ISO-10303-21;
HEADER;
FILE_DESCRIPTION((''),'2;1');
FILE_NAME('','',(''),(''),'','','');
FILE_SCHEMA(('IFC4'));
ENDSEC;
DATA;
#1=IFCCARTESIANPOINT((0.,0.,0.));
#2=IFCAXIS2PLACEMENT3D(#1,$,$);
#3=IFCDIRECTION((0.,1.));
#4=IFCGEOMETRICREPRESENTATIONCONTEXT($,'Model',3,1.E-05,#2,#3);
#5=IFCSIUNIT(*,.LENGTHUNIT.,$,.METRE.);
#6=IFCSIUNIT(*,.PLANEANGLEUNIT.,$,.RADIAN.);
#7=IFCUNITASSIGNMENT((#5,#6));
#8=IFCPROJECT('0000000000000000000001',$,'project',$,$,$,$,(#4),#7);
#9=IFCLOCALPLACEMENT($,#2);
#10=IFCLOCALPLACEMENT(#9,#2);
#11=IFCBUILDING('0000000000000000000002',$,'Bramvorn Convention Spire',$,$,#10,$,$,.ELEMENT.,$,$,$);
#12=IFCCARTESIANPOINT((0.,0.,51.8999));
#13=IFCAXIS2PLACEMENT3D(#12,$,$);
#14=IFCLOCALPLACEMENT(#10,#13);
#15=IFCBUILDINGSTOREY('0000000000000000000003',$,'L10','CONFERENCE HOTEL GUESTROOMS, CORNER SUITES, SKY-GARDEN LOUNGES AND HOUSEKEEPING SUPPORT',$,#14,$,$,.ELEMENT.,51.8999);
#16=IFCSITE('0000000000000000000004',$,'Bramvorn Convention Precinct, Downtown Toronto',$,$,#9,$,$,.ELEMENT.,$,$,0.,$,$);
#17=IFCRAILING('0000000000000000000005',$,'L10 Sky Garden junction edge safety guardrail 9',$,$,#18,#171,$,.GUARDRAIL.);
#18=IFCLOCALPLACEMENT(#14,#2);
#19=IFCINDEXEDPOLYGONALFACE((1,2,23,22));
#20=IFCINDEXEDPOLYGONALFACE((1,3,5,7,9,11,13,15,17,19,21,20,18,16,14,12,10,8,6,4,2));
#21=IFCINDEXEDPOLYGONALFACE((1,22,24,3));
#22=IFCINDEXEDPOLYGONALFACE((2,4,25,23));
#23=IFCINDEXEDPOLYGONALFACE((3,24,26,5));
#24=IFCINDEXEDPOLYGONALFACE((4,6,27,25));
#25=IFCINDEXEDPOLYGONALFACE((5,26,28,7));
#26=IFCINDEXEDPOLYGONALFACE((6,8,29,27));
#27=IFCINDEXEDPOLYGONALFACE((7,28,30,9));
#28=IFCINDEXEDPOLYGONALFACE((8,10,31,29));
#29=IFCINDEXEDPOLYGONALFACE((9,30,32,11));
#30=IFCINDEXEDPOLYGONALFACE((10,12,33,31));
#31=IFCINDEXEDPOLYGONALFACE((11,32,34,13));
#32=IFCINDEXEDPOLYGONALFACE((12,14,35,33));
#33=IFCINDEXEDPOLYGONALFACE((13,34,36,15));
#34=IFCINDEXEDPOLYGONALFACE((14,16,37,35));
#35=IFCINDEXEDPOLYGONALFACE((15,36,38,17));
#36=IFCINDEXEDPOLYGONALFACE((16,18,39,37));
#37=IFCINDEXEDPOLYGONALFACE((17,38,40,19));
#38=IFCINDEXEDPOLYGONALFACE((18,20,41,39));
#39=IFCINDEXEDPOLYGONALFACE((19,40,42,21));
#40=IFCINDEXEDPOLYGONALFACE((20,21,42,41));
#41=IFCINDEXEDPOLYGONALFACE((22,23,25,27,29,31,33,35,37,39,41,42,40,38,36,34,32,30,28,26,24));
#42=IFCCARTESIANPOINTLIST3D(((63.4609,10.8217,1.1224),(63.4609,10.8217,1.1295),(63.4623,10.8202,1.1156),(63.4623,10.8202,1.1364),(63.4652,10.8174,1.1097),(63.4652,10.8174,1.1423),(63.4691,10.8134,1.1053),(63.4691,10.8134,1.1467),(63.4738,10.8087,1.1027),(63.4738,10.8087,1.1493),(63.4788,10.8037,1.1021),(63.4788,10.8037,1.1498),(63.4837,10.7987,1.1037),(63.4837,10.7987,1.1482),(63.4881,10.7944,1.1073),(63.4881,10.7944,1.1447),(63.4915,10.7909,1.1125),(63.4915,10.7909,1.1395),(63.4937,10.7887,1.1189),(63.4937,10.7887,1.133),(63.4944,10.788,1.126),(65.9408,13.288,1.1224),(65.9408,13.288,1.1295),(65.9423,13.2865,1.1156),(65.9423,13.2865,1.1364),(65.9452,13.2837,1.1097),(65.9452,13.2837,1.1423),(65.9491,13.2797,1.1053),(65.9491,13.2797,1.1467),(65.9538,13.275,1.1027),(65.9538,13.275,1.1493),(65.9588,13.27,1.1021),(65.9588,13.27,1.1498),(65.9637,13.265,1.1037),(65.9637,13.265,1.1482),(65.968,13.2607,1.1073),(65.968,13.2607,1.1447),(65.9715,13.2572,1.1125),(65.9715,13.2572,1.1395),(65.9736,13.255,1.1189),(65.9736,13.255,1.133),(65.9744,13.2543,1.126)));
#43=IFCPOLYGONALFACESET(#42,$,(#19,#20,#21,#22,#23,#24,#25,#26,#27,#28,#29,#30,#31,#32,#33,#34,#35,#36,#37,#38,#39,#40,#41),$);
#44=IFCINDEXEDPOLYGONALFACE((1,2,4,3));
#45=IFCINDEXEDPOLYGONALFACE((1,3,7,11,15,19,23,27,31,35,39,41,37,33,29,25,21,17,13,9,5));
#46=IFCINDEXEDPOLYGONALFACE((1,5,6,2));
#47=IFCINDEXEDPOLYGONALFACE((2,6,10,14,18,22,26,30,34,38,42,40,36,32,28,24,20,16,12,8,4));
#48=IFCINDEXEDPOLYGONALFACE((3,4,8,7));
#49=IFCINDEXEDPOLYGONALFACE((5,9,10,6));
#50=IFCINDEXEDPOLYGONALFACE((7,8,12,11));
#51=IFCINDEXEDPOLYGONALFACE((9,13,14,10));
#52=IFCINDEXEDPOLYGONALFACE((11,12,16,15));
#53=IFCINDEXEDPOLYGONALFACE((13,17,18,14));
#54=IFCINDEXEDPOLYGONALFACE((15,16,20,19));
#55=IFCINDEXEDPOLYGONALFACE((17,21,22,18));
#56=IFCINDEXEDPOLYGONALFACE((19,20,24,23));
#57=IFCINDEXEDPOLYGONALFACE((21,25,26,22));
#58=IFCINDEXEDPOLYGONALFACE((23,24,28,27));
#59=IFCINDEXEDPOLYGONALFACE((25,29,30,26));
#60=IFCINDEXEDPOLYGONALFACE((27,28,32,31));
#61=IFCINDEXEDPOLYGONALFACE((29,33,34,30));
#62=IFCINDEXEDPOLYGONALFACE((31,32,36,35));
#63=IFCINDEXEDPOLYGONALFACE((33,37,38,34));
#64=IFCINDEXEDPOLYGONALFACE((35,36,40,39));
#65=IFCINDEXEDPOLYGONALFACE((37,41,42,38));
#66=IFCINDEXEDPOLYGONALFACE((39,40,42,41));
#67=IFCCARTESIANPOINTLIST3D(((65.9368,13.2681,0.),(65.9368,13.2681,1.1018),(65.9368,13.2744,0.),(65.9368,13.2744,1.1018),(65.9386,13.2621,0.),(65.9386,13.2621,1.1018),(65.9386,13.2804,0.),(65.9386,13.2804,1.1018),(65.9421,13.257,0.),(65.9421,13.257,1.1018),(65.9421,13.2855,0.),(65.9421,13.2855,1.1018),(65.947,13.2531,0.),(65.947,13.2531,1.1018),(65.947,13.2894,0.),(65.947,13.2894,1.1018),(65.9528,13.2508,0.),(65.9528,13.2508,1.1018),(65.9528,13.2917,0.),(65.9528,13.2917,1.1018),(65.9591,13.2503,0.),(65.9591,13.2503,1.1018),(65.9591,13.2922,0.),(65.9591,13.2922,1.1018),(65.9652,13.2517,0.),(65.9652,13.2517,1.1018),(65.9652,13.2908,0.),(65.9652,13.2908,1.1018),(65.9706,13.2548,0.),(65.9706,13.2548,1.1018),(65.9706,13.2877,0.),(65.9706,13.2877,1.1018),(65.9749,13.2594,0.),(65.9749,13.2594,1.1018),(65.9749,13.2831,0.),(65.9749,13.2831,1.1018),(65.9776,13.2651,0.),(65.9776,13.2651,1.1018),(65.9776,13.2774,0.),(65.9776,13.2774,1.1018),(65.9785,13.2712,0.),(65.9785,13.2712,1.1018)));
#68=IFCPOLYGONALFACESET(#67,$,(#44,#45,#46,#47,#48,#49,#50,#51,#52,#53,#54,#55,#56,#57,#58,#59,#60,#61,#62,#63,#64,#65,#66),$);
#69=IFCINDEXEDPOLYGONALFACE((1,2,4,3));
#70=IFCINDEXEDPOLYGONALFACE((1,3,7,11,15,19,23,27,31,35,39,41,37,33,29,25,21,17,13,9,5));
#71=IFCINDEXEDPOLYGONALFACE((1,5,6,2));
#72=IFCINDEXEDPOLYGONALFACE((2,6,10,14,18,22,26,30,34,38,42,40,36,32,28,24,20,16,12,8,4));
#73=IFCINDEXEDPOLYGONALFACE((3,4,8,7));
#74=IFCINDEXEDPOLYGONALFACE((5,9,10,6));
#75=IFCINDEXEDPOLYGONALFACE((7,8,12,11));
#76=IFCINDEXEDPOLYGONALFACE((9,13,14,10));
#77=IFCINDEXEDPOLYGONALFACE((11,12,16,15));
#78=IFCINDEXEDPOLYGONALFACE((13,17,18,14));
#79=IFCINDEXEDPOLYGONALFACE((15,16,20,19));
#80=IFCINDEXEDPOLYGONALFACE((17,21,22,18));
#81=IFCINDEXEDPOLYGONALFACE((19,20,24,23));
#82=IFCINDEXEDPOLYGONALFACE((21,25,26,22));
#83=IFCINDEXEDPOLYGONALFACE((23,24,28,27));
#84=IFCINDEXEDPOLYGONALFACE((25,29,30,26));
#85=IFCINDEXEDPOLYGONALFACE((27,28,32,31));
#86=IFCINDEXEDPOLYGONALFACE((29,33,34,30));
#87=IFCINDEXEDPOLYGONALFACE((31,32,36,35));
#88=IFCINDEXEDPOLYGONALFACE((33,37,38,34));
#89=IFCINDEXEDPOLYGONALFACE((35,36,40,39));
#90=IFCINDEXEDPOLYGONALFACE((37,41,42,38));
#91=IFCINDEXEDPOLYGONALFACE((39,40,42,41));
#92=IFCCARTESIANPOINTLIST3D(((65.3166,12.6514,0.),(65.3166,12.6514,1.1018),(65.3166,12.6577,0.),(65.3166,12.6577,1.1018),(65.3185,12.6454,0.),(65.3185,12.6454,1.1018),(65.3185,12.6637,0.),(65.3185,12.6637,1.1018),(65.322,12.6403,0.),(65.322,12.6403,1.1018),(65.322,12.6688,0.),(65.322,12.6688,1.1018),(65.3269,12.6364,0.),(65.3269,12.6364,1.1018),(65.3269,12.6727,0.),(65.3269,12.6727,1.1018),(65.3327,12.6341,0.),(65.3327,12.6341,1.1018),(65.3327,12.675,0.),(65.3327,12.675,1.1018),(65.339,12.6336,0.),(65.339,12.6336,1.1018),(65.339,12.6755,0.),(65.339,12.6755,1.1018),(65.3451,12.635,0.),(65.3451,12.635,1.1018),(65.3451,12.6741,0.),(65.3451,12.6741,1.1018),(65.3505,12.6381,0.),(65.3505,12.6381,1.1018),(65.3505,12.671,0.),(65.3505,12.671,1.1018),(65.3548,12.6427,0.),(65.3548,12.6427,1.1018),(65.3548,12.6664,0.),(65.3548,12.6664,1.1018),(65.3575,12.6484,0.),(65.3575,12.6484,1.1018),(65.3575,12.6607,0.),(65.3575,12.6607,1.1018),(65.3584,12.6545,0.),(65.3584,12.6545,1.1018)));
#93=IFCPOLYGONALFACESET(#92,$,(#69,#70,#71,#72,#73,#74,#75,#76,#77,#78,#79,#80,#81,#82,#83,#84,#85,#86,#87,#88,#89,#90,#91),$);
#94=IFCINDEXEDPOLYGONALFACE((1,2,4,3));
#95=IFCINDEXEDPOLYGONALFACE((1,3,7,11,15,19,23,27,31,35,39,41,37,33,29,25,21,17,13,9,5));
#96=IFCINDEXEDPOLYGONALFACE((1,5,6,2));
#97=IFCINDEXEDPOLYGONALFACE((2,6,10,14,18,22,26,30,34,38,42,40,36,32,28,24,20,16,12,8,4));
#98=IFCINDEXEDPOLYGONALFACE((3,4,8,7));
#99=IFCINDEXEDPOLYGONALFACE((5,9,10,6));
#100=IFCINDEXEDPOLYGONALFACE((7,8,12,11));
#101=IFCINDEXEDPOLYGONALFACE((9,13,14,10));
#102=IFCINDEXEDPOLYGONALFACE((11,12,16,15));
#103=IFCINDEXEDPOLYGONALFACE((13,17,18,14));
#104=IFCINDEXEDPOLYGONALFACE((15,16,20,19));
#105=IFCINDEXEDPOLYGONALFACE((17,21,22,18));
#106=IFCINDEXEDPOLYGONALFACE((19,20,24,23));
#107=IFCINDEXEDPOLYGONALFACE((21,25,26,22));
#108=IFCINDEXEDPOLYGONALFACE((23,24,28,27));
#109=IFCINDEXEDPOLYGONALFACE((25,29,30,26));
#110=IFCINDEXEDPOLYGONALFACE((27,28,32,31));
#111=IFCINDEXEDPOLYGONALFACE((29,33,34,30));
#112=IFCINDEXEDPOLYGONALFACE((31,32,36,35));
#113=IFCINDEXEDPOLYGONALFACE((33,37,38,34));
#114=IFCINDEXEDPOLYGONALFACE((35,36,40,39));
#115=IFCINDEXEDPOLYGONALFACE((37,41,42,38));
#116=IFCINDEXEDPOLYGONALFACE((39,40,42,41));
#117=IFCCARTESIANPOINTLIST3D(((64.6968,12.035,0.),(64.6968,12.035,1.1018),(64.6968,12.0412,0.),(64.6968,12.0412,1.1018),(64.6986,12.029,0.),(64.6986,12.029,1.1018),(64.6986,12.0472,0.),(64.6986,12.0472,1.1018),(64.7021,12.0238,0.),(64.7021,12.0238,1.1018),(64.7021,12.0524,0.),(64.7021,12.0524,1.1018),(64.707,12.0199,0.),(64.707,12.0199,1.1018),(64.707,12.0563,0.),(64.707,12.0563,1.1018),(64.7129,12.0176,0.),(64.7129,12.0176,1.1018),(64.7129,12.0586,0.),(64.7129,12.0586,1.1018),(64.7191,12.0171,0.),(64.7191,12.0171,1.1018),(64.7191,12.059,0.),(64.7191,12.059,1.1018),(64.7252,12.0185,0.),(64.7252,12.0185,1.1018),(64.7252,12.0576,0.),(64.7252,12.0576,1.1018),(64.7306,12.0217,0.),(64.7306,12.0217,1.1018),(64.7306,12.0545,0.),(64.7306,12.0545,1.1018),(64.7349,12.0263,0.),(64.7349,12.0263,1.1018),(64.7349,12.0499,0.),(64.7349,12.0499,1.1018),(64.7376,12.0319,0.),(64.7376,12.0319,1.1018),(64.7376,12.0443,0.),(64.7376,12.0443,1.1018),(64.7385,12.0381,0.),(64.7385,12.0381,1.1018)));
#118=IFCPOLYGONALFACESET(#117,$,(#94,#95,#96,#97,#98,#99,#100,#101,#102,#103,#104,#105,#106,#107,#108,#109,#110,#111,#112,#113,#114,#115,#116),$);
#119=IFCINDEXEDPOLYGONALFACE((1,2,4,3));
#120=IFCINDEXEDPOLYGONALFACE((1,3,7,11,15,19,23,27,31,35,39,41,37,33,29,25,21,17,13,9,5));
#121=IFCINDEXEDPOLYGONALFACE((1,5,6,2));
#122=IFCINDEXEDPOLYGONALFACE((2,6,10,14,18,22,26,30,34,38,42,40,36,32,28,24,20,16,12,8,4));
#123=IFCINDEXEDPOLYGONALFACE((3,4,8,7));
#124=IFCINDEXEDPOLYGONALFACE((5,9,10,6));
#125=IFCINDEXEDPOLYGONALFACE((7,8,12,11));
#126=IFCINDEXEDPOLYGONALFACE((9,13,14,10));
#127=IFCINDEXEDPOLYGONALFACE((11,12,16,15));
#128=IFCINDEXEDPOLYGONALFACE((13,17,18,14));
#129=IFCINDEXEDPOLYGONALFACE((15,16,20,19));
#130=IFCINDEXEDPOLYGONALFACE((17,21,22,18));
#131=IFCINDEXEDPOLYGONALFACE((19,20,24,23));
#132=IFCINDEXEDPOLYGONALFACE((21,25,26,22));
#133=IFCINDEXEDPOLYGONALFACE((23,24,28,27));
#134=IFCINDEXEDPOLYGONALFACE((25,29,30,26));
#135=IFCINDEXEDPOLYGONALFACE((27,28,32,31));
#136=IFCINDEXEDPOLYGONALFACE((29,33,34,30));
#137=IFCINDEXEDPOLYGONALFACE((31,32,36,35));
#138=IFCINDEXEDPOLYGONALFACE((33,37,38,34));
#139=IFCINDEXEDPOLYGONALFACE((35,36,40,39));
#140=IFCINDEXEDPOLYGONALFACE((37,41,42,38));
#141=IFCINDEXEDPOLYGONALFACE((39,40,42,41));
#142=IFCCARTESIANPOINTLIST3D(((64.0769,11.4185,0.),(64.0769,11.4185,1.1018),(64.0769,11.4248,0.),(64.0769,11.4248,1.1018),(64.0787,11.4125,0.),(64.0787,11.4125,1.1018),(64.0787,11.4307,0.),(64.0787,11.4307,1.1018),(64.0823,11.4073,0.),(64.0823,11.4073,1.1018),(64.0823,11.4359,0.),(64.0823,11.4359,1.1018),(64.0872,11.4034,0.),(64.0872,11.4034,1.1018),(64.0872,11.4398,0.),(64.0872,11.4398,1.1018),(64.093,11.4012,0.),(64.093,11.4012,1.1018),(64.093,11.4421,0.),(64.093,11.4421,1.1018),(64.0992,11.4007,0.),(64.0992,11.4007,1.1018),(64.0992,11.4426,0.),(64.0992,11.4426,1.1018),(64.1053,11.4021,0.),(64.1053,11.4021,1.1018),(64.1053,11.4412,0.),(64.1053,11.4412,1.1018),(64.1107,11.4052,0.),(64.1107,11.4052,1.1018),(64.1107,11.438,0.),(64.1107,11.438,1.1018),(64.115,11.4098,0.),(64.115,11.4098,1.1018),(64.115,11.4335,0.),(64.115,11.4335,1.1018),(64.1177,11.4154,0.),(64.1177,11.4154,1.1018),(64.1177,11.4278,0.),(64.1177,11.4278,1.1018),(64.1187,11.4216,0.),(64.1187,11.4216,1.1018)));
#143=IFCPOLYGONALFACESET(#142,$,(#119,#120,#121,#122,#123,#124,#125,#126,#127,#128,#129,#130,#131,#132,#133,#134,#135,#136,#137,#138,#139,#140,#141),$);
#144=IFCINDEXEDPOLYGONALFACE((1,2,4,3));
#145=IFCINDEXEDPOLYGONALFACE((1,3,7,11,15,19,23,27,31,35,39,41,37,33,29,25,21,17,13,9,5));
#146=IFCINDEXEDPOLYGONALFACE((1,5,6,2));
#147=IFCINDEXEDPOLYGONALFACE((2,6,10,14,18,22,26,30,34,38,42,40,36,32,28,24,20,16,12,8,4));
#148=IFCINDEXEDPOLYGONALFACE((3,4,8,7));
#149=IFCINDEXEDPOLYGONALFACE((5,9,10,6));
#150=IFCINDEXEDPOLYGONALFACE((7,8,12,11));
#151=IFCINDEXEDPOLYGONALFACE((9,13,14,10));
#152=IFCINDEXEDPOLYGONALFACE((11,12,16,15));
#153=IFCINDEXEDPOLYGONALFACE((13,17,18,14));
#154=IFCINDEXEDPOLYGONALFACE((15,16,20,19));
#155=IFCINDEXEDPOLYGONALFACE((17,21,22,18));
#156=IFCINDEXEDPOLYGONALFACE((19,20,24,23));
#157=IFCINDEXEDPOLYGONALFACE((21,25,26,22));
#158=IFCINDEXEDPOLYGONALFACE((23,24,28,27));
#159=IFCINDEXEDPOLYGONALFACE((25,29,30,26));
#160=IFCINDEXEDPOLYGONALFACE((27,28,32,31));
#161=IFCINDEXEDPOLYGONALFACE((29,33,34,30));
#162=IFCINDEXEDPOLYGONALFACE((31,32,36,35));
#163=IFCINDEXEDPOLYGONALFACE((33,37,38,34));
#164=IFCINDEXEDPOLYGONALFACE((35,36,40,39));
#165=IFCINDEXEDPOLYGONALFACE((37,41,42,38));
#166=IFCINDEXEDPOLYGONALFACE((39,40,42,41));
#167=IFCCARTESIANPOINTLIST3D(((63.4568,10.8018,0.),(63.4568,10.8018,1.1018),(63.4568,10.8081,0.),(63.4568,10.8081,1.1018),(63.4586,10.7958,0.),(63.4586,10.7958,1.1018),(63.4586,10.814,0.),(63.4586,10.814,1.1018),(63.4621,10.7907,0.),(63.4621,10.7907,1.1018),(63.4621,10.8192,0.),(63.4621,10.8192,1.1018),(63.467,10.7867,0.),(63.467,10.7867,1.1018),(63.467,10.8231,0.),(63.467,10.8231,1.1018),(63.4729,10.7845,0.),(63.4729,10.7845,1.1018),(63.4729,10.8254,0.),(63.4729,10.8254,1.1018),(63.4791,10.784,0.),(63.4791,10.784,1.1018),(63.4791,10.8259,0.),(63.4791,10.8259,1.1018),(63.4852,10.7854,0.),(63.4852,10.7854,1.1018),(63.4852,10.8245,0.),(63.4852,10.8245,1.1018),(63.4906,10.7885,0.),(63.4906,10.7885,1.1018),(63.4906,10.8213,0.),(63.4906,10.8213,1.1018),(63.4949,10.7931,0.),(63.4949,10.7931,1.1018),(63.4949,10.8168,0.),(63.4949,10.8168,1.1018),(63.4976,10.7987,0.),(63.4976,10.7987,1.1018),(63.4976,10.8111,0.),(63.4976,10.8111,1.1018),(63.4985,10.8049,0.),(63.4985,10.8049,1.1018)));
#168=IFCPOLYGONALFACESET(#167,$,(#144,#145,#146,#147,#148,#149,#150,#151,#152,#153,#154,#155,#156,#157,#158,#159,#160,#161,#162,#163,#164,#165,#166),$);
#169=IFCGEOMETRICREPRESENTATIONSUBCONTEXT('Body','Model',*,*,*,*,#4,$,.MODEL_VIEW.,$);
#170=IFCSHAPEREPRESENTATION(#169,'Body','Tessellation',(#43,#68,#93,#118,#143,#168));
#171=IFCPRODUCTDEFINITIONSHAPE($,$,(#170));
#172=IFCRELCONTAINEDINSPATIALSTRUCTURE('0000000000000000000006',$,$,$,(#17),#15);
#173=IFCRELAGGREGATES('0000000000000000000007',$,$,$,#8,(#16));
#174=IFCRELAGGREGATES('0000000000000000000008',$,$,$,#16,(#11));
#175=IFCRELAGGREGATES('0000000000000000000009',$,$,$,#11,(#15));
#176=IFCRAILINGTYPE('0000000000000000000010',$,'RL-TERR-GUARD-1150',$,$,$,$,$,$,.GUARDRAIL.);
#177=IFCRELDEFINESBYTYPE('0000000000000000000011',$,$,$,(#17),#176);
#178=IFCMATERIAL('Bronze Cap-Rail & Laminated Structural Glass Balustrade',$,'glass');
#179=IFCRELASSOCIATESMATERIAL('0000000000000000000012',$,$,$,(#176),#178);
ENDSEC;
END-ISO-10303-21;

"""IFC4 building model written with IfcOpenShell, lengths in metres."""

from ifc_helpers import new_model, si_unit, direction, frame, origin, origin_2d, place, context, subcontext, project, spatial, circle, extrude, material, type_object, element, save


model = new_model("IFC4")

# Units and contexts
model_context = context("Model", 3, precision=1e-05, world=origin(), true_north=direction((0.0, 1.0)))
body_context = subcontext(model_context, "Body", "Model", "MODEL_VIEW")
ifc_project = project(units=[si_unit("LENGTHUNIT", "METRE"), si_unit("PLANEANGLEUNIT", "RADIAN")], contexts=[model_context])

# Site, building, storey
site_placement = place(None, origin())
site = spatial("IfcSite", under=ifc_project, at=site_placement, Name="Bramvorn Convention Precinct, Downtown Toronto", CompositionType="ELEMENT", RefElevation=0.0)
building_placement = place(site_placement, origin())
building = spatial("IfcBuilding", under=site, at=building_placement, Name="Bramvorn Convention Spire", CompositionType="ELEMENT")
storey_placement = place(building_placement, frame((0.0, 0.0, 51.8999)))
storey = spatial("IfcBuildingStorey", under=building, at=storey_placement, Name="L10", Description="CONFERENCE HOTEL GUESTROOMS, CORNER SUITES, SKY-GARDEN LOUNGES AND HOUSEKEEPING SUPPORT", CompositionType="ELEMENT", Elevation=51.8999)

# Railing
ifc_material_1 = material(Name="Bronze Cap-Rail & Laminated Structural Glass Balustrade", Category="glass")
railing_type = type_object("IfcRailingType", Name="RL-TERR-GUARD-1150", PredefinedType="GUARDRAIL", material=ifc_material_1)
railing_1_placement = place(storey_placement, frame((65.9575, 13.2712, 0.0)))
element("IfcRailing", 1, at=railing_1_placement, inside=storey, type_object=railing_type, Name="L10 Sky Garden junction edge safety guardrail 9", PredefinedType="GUARDRAIL", context=body_context, shape_type="SweptSolid", body=[
    extrude(circle(Radius=0.0239, at=origin_2d()), frame((0.0, 0.0, 1.126), z_axis=(-0.709059, -0.70515, 0.0), x_axis=(0.70515, -0.709059, 0.0)), (0.0, 0.0, 1.0), 3.4976),
    extrude(circle(Radius=0.021, at=origin_2d()), origin(), (0.0, 0.0, 1.0), 1.1018),
    extrude(circle(Radius=0.021, at=origin_2d()), frame((-0.6201, -0.6167, 0.0)), (0.0, 0.0, 1.0), 1.1018),
    extrude(circle(Radius=0.021, at=origin_2d()), frame((-1.24, -1.2332, 0.0)), (0.0, 0.0, 1.0), 1.1018),
    extrude(circle(Radius=0.021, at=origin_2d()), frame((-1.8599, -1.8496, 0.0)), (0.0, 0.0, 1.0), 1.1018),
    extrude(circle(Radius=0.021, at=origin_2d()), frame((-2.48, -2.4663, 0.0)), (0.0, 0.0, 1.0), 1.1018),
])

save(model, "model.ifc")
